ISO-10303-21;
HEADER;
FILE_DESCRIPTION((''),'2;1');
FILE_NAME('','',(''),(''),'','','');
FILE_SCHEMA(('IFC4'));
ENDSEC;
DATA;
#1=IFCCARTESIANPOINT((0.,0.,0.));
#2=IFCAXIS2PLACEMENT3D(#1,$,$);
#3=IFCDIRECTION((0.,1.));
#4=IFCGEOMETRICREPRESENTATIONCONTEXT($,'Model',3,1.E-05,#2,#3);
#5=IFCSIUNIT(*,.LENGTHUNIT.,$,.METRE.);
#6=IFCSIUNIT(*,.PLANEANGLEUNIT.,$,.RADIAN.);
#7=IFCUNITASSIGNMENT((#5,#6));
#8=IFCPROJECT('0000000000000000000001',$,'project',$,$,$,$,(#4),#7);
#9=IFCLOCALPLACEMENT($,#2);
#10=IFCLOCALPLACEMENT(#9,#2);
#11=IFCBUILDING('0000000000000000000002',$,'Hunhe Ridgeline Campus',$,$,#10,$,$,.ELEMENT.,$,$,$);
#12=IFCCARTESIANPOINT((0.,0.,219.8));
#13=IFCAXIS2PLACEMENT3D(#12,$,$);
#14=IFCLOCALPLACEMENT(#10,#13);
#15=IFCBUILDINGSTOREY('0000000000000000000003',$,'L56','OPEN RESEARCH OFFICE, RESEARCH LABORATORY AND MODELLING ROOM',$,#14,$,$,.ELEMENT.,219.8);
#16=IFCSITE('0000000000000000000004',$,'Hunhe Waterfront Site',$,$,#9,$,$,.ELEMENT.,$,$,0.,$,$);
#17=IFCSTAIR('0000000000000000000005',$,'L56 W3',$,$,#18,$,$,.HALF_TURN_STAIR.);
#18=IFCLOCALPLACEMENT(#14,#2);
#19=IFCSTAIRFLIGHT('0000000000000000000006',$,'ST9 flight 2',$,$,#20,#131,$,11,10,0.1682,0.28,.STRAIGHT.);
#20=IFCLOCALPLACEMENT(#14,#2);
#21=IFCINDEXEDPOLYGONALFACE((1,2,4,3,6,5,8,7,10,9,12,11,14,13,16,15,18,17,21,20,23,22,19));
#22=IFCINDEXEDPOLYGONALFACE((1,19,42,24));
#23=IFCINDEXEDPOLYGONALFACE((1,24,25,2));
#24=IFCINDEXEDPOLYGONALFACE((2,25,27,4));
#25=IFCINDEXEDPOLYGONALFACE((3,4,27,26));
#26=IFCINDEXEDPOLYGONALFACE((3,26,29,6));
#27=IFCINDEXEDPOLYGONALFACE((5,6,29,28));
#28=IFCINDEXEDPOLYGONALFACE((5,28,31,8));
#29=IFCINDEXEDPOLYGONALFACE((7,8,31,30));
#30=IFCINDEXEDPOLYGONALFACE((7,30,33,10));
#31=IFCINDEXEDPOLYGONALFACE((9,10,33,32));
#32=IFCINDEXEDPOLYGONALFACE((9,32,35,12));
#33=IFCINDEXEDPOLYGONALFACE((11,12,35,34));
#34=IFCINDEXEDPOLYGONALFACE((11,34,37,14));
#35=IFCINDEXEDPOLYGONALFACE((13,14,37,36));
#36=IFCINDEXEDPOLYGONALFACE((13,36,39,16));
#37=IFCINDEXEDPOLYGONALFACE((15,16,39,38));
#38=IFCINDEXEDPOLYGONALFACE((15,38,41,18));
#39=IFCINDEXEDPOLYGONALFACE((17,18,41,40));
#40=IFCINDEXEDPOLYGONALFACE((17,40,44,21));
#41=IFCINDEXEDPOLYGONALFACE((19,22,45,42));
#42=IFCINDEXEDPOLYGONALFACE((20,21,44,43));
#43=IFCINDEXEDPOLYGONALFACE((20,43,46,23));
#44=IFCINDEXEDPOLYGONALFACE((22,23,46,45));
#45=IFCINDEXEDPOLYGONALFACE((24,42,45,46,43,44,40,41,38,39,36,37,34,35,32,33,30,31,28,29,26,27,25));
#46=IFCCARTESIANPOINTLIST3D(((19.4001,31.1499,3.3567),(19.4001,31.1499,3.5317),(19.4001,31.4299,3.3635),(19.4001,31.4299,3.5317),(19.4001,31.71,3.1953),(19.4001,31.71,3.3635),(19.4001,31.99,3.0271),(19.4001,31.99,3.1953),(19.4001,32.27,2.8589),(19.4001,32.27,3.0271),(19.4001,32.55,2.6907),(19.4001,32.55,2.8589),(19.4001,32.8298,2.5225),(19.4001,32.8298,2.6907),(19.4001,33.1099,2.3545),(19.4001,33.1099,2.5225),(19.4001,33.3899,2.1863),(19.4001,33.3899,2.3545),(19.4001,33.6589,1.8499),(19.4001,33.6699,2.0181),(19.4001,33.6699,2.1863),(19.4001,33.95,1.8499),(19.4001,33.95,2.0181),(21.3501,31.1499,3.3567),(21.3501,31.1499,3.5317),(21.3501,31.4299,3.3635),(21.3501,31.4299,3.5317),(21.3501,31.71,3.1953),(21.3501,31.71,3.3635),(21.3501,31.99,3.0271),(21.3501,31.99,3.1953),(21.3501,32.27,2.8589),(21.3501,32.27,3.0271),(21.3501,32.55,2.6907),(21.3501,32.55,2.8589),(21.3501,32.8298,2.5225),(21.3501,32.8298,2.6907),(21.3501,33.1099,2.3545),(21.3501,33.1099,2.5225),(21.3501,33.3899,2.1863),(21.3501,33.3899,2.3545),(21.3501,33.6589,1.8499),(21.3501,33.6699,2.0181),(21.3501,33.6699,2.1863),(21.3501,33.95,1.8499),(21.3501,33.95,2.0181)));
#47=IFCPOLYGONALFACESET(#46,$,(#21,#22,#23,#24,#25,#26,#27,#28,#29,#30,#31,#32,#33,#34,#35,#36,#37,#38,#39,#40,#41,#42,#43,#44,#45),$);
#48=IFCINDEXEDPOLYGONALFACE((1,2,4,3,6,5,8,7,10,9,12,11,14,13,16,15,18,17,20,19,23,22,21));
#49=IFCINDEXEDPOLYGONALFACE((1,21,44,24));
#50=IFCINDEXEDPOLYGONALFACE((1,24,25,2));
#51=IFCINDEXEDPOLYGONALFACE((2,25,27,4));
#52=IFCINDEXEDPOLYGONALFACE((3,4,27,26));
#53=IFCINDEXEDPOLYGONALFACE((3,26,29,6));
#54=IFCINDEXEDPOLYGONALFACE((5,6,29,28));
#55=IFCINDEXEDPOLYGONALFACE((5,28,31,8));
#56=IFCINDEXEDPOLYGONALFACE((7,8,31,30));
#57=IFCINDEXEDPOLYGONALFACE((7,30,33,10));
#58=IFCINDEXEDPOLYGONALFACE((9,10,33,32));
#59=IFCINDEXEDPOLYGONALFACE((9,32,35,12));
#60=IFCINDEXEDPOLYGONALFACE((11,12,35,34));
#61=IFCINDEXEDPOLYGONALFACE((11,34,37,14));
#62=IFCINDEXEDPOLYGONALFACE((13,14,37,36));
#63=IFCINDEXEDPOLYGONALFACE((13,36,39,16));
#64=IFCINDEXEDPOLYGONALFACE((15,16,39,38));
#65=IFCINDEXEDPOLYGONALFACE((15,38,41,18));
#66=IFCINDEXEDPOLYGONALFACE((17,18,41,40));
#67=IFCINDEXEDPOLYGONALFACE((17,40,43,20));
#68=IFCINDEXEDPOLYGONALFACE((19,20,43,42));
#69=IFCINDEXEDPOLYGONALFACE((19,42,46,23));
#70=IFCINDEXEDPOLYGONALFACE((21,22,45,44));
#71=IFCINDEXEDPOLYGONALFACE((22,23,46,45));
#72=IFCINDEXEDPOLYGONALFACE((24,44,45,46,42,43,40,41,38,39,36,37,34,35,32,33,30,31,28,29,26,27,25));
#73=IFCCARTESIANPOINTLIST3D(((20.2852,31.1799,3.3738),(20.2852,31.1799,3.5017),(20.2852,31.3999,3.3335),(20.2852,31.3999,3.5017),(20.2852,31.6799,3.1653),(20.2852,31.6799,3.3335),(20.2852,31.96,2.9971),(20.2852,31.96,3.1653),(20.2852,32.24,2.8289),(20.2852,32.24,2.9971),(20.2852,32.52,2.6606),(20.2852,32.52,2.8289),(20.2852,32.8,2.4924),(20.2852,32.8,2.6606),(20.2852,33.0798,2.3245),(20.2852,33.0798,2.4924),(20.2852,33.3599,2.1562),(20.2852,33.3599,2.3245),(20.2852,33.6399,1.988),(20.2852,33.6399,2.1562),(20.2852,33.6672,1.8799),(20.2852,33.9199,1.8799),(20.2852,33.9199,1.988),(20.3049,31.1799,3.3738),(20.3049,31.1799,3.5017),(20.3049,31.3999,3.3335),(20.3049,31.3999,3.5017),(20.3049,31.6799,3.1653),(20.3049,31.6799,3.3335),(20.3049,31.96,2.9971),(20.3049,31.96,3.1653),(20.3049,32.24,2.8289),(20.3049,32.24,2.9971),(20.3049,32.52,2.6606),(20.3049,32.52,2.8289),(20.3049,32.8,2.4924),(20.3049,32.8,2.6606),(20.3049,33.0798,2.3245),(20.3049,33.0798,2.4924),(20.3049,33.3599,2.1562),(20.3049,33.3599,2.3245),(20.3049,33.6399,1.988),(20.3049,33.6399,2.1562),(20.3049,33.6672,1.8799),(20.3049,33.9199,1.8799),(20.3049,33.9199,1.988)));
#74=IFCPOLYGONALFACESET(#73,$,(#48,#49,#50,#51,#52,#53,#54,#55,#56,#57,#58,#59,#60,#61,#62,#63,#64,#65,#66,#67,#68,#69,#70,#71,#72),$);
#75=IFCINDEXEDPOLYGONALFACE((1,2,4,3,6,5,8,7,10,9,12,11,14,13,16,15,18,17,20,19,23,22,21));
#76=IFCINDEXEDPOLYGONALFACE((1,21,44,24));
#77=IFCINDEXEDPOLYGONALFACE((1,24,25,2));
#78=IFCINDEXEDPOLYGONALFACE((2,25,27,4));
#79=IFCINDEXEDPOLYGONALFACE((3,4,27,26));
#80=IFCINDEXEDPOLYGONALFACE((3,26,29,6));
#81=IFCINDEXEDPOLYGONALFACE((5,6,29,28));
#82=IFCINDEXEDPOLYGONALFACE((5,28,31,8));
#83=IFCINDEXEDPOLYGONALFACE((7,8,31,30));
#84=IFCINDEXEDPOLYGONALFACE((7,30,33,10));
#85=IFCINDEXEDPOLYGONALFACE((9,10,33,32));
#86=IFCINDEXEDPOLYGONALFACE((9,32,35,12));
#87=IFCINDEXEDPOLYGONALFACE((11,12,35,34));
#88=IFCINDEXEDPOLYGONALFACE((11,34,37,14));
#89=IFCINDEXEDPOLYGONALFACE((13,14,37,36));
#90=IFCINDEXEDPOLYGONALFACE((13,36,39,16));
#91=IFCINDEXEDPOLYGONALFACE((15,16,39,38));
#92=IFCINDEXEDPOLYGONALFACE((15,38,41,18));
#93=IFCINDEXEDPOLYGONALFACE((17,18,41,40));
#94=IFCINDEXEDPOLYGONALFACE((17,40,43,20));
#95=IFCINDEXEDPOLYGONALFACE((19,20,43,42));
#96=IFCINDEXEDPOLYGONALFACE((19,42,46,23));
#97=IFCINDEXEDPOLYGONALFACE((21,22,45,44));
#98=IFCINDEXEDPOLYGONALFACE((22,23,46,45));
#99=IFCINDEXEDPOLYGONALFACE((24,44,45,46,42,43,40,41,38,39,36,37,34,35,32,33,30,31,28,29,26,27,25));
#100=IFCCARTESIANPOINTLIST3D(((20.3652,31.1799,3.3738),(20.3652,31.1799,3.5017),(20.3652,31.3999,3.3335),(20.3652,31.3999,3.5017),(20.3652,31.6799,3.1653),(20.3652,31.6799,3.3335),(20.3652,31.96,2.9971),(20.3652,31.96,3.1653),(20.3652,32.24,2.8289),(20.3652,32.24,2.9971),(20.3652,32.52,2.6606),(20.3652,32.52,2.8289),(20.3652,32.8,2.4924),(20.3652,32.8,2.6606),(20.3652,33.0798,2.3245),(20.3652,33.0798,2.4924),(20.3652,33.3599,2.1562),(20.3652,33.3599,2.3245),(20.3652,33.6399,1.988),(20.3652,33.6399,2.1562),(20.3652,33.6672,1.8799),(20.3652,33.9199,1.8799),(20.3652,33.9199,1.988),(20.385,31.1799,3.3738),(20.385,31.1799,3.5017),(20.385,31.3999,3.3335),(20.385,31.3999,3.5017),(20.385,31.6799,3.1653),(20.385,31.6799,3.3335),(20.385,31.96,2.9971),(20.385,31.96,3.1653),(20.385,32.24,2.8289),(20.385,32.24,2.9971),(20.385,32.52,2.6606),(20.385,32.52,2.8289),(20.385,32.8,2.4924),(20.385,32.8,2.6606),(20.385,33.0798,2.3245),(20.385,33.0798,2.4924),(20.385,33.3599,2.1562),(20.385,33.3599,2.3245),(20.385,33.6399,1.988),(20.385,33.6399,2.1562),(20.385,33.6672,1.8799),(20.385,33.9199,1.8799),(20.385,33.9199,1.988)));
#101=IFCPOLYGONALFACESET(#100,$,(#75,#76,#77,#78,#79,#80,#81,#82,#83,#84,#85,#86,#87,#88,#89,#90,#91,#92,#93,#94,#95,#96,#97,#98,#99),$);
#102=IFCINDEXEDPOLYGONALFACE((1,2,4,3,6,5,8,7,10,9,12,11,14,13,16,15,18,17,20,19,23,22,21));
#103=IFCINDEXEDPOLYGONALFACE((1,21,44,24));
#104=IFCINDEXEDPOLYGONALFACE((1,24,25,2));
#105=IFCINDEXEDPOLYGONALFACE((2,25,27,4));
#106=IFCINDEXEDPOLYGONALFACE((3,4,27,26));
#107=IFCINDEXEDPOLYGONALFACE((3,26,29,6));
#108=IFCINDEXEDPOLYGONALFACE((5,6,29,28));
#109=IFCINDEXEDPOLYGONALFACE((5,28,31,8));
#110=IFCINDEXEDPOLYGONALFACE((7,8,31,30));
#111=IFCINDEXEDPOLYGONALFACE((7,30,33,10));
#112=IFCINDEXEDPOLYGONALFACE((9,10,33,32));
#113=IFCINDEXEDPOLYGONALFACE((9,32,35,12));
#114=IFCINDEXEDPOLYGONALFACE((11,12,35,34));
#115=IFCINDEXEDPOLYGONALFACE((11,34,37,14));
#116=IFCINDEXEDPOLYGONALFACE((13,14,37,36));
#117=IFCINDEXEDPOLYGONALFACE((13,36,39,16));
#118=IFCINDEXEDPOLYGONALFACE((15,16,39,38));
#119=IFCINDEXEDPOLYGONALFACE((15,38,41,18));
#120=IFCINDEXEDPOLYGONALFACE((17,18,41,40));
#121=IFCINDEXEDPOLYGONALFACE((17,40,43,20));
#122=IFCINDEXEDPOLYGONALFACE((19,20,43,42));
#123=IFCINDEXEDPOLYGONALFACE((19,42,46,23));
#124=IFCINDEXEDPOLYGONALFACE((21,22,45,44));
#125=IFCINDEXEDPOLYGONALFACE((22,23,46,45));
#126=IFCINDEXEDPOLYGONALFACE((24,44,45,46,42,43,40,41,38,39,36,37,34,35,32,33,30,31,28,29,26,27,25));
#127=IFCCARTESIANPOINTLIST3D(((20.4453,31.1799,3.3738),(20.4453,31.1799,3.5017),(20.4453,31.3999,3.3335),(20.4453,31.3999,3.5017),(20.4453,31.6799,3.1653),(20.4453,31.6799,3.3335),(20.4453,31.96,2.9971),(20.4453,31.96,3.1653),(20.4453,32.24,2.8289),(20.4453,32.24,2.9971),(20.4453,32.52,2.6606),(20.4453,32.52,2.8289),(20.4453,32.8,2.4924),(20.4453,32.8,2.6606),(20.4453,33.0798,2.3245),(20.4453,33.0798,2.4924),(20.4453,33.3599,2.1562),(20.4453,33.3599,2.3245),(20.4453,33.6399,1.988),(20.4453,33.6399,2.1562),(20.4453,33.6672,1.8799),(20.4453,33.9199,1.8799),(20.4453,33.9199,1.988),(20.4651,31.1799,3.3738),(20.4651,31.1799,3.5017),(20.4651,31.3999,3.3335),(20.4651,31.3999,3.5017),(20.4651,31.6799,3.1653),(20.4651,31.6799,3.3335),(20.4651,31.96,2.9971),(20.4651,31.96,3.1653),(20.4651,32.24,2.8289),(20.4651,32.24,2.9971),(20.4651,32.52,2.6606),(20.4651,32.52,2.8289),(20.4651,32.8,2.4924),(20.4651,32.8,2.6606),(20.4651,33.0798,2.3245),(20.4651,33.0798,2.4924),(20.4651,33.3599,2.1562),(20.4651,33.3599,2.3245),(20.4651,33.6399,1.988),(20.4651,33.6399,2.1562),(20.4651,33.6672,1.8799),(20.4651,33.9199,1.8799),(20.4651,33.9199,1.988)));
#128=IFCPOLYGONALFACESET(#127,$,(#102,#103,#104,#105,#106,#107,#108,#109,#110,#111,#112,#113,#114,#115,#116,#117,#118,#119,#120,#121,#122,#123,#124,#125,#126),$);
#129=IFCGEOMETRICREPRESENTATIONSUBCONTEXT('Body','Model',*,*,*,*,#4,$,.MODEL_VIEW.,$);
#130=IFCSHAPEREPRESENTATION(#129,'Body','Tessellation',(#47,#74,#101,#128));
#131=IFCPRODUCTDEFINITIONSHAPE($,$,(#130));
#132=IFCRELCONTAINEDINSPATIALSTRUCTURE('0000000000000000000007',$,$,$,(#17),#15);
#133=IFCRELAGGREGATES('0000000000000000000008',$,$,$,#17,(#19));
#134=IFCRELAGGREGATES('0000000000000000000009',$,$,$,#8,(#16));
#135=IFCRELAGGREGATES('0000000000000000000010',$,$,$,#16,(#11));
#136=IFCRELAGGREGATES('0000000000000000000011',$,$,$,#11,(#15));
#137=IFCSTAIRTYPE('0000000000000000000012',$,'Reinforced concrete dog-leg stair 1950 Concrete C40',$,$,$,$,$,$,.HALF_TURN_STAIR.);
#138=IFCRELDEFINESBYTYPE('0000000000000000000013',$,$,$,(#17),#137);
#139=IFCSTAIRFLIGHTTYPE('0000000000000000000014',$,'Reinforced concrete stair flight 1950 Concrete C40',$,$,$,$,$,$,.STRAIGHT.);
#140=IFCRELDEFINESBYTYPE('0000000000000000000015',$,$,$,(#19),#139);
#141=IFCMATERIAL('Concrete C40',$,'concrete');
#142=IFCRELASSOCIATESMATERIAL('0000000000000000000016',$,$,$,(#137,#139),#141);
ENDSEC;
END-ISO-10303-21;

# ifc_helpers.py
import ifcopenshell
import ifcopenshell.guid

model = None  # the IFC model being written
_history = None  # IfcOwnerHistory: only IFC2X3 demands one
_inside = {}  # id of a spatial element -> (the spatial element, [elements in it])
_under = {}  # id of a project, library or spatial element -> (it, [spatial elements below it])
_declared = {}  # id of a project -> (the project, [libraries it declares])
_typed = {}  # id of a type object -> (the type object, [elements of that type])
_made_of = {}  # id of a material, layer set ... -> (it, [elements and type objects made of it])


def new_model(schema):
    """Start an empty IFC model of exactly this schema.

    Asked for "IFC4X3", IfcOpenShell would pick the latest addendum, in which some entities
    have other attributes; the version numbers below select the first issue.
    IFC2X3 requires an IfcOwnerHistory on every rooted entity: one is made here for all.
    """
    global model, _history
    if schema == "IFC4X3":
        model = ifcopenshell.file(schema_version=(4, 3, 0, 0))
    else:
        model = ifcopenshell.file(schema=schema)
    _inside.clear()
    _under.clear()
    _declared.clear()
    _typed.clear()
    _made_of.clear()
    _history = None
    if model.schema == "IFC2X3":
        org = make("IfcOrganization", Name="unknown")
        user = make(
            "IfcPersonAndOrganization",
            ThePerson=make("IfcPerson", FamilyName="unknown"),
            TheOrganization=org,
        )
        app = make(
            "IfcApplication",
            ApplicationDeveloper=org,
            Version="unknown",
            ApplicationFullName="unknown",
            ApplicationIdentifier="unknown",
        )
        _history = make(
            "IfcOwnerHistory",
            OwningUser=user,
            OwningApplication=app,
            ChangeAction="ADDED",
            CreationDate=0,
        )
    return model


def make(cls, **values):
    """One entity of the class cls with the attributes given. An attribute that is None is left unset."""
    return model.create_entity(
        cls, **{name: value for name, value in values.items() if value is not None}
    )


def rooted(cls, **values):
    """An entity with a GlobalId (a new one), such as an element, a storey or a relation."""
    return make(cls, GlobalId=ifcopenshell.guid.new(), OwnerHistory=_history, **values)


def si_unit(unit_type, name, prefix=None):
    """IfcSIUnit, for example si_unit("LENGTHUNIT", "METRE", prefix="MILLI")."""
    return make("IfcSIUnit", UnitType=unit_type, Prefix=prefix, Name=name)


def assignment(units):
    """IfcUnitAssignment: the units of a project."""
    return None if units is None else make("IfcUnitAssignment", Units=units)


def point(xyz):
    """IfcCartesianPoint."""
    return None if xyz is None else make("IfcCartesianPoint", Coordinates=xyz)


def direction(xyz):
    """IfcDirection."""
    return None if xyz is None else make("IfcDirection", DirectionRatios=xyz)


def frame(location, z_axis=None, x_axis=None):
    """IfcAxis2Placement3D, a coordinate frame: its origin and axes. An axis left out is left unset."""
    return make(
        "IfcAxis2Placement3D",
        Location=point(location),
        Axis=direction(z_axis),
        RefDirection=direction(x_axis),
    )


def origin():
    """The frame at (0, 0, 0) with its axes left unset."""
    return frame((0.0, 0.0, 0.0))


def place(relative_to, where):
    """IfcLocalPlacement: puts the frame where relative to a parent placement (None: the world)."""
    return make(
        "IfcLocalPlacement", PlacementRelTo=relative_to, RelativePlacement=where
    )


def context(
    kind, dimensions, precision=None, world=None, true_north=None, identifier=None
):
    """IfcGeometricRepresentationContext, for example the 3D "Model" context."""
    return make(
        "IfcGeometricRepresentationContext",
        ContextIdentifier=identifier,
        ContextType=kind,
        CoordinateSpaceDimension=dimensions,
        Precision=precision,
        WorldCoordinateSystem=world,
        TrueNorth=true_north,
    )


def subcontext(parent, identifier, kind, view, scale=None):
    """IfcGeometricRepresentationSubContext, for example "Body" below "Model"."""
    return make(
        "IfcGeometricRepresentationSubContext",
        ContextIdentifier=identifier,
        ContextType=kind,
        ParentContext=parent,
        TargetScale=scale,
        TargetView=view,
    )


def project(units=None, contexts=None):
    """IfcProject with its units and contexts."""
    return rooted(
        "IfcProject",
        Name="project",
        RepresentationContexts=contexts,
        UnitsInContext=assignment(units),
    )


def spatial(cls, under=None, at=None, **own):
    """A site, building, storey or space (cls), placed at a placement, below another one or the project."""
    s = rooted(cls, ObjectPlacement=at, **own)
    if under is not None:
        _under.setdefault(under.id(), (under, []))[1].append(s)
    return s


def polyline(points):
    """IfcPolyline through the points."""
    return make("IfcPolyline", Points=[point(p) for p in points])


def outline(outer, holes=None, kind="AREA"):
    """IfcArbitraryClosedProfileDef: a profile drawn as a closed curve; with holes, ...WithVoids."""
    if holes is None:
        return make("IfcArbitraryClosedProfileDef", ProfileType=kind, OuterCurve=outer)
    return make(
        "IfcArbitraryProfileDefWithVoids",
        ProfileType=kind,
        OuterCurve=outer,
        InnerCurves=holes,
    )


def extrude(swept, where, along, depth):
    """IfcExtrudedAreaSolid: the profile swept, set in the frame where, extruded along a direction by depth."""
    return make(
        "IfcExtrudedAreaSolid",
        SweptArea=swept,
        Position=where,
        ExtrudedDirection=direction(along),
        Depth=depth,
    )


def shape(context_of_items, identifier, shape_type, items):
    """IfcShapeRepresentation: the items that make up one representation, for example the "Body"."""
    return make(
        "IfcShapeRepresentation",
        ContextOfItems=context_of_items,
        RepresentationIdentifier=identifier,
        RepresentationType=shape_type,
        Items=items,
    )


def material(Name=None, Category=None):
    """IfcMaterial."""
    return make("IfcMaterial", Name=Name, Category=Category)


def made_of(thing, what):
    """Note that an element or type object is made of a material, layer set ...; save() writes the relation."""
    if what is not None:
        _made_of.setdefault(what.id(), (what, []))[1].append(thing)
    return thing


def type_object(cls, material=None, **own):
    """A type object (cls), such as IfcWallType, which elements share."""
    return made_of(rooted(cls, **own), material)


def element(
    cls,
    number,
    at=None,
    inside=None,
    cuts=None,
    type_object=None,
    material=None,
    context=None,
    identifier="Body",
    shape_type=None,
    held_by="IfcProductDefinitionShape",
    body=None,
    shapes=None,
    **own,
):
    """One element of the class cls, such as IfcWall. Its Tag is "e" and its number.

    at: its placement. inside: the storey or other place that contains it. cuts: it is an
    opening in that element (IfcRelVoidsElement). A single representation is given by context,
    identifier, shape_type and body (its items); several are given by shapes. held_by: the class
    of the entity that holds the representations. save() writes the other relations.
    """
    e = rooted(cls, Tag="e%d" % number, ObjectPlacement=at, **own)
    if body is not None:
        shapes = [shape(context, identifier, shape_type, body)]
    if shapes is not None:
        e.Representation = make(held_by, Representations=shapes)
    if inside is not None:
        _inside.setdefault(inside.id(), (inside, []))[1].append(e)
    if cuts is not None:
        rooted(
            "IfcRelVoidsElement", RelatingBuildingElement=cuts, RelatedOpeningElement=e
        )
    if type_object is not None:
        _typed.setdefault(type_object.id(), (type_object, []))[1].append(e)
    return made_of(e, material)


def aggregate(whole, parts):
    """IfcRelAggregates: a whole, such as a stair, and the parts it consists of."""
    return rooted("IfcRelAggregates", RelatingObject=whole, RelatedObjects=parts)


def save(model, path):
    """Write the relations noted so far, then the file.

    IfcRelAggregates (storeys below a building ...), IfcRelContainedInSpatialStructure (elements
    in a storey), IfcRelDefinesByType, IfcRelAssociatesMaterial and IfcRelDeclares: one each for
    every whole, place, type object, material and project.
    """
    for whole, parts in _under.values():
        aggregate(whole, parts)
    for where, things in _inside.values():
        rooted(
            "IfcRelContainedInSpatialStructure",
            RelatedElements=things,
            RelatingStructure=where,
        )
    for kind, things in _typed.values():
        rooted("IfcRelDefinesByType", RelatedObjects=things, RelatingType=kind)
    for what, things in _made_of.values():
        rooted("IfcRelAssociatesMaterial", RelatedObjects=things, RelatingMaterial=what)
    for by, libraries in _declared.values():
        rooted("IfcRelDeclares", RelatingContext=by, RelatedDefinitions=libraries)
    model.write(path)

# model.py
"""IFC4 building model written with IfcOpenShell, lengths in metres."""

from ifc_helpers import new_model, si_unit, direction, frame, origin, place, context, subcontext, project, spatial, polyline, outline, extrude, material, type_object, element, aggregate, save


model = new_model("IFC4")

# Units and contexts
model_context = context("Model", 3, precision=1e-05, world=origin(), true_north=direction((0.0, 1.0)))
body_context = subcontext(model_context, "Body", "Model", "MODEL_VIEW")
ifc_project = project(units=[si_unit("LENGTHUNIT", "METRE"), si_unit("PLANEANGLEUNIT", "RADIAN")], contexts=[model_context])

# Site, building, storey
site_placement = place(None, origin())
site = spatial("IfcSite", under=ifc_project, at=site_placement, Name="Hunhe Waterfront Site", CompositionType="ELEMENT", RefElevation=0.0)
building_placement = place(site_placement, origin())
building = spatial("IfcBuilding", under=site, at=building_placement, Name="Hunhe Ridgeline Campus", CompositionType="ELEMENT")
storey_placement = place(building_placement, frame((0.0, 0.0, 219.8)))
storey = spatial("IfcBuildingStorey", under=building, at=storey_placement, Name="L56", Description="OPEN RESEARCH OFFICE, RESEARCH LABORATORY AND MODELLING ROOM", CompositionType="ELEMENT", Elevation=219.8)

# Stair, stair flight
ifc_material_1 = material(Name="Concrete C40", Category="concrete")
stair_type = type_object("IfcStairType", Name="Reinforced concrete dog-leg stair 1950 Concrete C40", PredefinedType="HALF_TURN_STAIR", material=ifc_material_1)
stair_placement = place(storey_placement, origin())
stair = element("IfcStair", 1, at=stair_placement, inside=storey, type_object=stair_type, Name="L56 W3", PredefinedType="HALF_TURN_STAIR")
stair_flight_type = type_object("IfcStairFlightType", Name="Reinforced concrete stair flight 1950 Concrete C40", PredefinedType="STRAIGHT", material=ifc_material_1)
stair_flight_1_placement = place(storey_placement, frame((20.375, 33.95, 1.8499), z_axis=(0.0, 0.0, 1.0), x_axis=(0.0, -1.0, 0.0)))
stair_flight_1 = element("IfcStairFlight", 2, at=stair_flight_1_placement, type_object=stair_flight_type, Name="ST9 flight 2", NumberOfRisers=11, NumberOfTreads=10, PredefinedType="STRAIGHT", RiserHeight=0.1682, TreadLength=0.28, context=body_context, shape_type="SweptSolid", body=[
    extrude(outline(polyline([(0.0, 0.0), (0.0, 0.1682), (0.28, 0.1682), (0.28, 0.3364), (0.5601, 0.3364), (0.5601, 0.5046), (0.8401, 0.5046), (0.8401, 0.6726), (1.1201, 0.6726), (1.1201, 0.8408), (1.3999, 0.8408), (1.3999, 1.009), (1.6799, 1.009), (1.6799, 1.1772), (1.96, 1.1772), (1.96, 1.3455), (2.24, 1.3455), (2.24, 1.5137), (2.52, 1.5137), (2.52, 1.6819), (2.8, 1.6819), (2.8, 1.8501), (2.8, 1.5068), (0.291, 0.0), (0.0, 0.0)])), frame((0.0, 0.9751, 0.0), z_axis=(0.0, -1.0, 0.0), x_axis=(1.0, 0.0, 0.0)), (0.0, 0.0, 1.0), 1.95),
    extrude(outline(polyline([(0.03, 0.03), (0.03, 0.1382), (0.3101, 0.1382), (0.3101, 0.3064), (0.5901, 0.3064), (0.5901, 0.4746), (0.8701, 0.4746), (0.8701, 0.6426), (1.1499, 0.6426), (1.1499, 0.8108), (1.4299, 0.8108), (1.4299, 0.979), (1.71, 0.979), (1.71, 1.1472), (1.99, 1.1472), (1.99, 1.3154), (2.27, 1.3154), (2.27, 1.4836), (2.55, 1.4836), (2.55, 1.6519), (2.77, 1.6519), (2.77, 1.5239), (0.2827, 0.03), (0.03, 0.03)])), frame((0.0, -0.0701, 0.0), z_axis=(0.0, -1.0, 0.0), x_axis=(1.0, 0.0, 0.0)), (0.0, 0.0, 1.0), 0.0198),
    extrude(outline(polyline([(0.03, 0.03), (0.03, 0.1382), (0.3101, 0.1382), (0.3101, 0.3064), (0.5901, 0.3064), (0.5901, 0.4746), (0.8701, 0.4746), (0.8701, 0.6426), (1.1499, 0.6426), (1.1499, 0.8108), (1.4299, 0.8108), (1.4299, 0.979), (1.71, 0.979), (1.71, 1.1472), (1.99, 1.1472), (1.99, 1.3154), (2.27, 1.3154), (2.27, 1.4836), (2.55, 1.4836), (2.55, 1.6519), (2.77, 1.6519), (2.77, 1.5239), (0.2827, 0.03), (0.03, 0.03)])), frame((0.0, 0.01, 0.0), z_axis=(0.0, -1.0, 0.0), x_axis=(1.0, 0.0, 0.0)), (0.0, 0.0, 1.0), 0.0198),
    extrude(outline(polyline([(0.03, 0.03), (0.03, 0.1382), (0.3101, 0.1382), (0.3101, 0.3064), (0.5901, 0.3064), (0.5901, 0.4746), (0.8701, 0.4746), (0.8701, 0.6426), (1.1499, 0.6426), (1.1499, 0.8108), (1.4299, 0.8108), (1.4299, 0.979), (1.71, 0.979), (1.71, 1.1472), (1.99, 1.1472), (1.99, 1.3154), (2.27, 1.3154), (2.27, 1.4836), (2.55, 1.4836), (2.55, 1.6519), (2.77, 1.6519), (2.77, 1.5239), (0.2827, 0.03), (0.03, 0.03)])), frame((0.0, 0.0901, 0.0), z_axis=(0.0, -1.0, 0.0), x_axis=(1.0, 0.0, 0.0)), (0.0, 0.0, 1.0), 0.0198),
])
aggregate(stair, [stair_flight_1])

save(model, "model.ifc")
